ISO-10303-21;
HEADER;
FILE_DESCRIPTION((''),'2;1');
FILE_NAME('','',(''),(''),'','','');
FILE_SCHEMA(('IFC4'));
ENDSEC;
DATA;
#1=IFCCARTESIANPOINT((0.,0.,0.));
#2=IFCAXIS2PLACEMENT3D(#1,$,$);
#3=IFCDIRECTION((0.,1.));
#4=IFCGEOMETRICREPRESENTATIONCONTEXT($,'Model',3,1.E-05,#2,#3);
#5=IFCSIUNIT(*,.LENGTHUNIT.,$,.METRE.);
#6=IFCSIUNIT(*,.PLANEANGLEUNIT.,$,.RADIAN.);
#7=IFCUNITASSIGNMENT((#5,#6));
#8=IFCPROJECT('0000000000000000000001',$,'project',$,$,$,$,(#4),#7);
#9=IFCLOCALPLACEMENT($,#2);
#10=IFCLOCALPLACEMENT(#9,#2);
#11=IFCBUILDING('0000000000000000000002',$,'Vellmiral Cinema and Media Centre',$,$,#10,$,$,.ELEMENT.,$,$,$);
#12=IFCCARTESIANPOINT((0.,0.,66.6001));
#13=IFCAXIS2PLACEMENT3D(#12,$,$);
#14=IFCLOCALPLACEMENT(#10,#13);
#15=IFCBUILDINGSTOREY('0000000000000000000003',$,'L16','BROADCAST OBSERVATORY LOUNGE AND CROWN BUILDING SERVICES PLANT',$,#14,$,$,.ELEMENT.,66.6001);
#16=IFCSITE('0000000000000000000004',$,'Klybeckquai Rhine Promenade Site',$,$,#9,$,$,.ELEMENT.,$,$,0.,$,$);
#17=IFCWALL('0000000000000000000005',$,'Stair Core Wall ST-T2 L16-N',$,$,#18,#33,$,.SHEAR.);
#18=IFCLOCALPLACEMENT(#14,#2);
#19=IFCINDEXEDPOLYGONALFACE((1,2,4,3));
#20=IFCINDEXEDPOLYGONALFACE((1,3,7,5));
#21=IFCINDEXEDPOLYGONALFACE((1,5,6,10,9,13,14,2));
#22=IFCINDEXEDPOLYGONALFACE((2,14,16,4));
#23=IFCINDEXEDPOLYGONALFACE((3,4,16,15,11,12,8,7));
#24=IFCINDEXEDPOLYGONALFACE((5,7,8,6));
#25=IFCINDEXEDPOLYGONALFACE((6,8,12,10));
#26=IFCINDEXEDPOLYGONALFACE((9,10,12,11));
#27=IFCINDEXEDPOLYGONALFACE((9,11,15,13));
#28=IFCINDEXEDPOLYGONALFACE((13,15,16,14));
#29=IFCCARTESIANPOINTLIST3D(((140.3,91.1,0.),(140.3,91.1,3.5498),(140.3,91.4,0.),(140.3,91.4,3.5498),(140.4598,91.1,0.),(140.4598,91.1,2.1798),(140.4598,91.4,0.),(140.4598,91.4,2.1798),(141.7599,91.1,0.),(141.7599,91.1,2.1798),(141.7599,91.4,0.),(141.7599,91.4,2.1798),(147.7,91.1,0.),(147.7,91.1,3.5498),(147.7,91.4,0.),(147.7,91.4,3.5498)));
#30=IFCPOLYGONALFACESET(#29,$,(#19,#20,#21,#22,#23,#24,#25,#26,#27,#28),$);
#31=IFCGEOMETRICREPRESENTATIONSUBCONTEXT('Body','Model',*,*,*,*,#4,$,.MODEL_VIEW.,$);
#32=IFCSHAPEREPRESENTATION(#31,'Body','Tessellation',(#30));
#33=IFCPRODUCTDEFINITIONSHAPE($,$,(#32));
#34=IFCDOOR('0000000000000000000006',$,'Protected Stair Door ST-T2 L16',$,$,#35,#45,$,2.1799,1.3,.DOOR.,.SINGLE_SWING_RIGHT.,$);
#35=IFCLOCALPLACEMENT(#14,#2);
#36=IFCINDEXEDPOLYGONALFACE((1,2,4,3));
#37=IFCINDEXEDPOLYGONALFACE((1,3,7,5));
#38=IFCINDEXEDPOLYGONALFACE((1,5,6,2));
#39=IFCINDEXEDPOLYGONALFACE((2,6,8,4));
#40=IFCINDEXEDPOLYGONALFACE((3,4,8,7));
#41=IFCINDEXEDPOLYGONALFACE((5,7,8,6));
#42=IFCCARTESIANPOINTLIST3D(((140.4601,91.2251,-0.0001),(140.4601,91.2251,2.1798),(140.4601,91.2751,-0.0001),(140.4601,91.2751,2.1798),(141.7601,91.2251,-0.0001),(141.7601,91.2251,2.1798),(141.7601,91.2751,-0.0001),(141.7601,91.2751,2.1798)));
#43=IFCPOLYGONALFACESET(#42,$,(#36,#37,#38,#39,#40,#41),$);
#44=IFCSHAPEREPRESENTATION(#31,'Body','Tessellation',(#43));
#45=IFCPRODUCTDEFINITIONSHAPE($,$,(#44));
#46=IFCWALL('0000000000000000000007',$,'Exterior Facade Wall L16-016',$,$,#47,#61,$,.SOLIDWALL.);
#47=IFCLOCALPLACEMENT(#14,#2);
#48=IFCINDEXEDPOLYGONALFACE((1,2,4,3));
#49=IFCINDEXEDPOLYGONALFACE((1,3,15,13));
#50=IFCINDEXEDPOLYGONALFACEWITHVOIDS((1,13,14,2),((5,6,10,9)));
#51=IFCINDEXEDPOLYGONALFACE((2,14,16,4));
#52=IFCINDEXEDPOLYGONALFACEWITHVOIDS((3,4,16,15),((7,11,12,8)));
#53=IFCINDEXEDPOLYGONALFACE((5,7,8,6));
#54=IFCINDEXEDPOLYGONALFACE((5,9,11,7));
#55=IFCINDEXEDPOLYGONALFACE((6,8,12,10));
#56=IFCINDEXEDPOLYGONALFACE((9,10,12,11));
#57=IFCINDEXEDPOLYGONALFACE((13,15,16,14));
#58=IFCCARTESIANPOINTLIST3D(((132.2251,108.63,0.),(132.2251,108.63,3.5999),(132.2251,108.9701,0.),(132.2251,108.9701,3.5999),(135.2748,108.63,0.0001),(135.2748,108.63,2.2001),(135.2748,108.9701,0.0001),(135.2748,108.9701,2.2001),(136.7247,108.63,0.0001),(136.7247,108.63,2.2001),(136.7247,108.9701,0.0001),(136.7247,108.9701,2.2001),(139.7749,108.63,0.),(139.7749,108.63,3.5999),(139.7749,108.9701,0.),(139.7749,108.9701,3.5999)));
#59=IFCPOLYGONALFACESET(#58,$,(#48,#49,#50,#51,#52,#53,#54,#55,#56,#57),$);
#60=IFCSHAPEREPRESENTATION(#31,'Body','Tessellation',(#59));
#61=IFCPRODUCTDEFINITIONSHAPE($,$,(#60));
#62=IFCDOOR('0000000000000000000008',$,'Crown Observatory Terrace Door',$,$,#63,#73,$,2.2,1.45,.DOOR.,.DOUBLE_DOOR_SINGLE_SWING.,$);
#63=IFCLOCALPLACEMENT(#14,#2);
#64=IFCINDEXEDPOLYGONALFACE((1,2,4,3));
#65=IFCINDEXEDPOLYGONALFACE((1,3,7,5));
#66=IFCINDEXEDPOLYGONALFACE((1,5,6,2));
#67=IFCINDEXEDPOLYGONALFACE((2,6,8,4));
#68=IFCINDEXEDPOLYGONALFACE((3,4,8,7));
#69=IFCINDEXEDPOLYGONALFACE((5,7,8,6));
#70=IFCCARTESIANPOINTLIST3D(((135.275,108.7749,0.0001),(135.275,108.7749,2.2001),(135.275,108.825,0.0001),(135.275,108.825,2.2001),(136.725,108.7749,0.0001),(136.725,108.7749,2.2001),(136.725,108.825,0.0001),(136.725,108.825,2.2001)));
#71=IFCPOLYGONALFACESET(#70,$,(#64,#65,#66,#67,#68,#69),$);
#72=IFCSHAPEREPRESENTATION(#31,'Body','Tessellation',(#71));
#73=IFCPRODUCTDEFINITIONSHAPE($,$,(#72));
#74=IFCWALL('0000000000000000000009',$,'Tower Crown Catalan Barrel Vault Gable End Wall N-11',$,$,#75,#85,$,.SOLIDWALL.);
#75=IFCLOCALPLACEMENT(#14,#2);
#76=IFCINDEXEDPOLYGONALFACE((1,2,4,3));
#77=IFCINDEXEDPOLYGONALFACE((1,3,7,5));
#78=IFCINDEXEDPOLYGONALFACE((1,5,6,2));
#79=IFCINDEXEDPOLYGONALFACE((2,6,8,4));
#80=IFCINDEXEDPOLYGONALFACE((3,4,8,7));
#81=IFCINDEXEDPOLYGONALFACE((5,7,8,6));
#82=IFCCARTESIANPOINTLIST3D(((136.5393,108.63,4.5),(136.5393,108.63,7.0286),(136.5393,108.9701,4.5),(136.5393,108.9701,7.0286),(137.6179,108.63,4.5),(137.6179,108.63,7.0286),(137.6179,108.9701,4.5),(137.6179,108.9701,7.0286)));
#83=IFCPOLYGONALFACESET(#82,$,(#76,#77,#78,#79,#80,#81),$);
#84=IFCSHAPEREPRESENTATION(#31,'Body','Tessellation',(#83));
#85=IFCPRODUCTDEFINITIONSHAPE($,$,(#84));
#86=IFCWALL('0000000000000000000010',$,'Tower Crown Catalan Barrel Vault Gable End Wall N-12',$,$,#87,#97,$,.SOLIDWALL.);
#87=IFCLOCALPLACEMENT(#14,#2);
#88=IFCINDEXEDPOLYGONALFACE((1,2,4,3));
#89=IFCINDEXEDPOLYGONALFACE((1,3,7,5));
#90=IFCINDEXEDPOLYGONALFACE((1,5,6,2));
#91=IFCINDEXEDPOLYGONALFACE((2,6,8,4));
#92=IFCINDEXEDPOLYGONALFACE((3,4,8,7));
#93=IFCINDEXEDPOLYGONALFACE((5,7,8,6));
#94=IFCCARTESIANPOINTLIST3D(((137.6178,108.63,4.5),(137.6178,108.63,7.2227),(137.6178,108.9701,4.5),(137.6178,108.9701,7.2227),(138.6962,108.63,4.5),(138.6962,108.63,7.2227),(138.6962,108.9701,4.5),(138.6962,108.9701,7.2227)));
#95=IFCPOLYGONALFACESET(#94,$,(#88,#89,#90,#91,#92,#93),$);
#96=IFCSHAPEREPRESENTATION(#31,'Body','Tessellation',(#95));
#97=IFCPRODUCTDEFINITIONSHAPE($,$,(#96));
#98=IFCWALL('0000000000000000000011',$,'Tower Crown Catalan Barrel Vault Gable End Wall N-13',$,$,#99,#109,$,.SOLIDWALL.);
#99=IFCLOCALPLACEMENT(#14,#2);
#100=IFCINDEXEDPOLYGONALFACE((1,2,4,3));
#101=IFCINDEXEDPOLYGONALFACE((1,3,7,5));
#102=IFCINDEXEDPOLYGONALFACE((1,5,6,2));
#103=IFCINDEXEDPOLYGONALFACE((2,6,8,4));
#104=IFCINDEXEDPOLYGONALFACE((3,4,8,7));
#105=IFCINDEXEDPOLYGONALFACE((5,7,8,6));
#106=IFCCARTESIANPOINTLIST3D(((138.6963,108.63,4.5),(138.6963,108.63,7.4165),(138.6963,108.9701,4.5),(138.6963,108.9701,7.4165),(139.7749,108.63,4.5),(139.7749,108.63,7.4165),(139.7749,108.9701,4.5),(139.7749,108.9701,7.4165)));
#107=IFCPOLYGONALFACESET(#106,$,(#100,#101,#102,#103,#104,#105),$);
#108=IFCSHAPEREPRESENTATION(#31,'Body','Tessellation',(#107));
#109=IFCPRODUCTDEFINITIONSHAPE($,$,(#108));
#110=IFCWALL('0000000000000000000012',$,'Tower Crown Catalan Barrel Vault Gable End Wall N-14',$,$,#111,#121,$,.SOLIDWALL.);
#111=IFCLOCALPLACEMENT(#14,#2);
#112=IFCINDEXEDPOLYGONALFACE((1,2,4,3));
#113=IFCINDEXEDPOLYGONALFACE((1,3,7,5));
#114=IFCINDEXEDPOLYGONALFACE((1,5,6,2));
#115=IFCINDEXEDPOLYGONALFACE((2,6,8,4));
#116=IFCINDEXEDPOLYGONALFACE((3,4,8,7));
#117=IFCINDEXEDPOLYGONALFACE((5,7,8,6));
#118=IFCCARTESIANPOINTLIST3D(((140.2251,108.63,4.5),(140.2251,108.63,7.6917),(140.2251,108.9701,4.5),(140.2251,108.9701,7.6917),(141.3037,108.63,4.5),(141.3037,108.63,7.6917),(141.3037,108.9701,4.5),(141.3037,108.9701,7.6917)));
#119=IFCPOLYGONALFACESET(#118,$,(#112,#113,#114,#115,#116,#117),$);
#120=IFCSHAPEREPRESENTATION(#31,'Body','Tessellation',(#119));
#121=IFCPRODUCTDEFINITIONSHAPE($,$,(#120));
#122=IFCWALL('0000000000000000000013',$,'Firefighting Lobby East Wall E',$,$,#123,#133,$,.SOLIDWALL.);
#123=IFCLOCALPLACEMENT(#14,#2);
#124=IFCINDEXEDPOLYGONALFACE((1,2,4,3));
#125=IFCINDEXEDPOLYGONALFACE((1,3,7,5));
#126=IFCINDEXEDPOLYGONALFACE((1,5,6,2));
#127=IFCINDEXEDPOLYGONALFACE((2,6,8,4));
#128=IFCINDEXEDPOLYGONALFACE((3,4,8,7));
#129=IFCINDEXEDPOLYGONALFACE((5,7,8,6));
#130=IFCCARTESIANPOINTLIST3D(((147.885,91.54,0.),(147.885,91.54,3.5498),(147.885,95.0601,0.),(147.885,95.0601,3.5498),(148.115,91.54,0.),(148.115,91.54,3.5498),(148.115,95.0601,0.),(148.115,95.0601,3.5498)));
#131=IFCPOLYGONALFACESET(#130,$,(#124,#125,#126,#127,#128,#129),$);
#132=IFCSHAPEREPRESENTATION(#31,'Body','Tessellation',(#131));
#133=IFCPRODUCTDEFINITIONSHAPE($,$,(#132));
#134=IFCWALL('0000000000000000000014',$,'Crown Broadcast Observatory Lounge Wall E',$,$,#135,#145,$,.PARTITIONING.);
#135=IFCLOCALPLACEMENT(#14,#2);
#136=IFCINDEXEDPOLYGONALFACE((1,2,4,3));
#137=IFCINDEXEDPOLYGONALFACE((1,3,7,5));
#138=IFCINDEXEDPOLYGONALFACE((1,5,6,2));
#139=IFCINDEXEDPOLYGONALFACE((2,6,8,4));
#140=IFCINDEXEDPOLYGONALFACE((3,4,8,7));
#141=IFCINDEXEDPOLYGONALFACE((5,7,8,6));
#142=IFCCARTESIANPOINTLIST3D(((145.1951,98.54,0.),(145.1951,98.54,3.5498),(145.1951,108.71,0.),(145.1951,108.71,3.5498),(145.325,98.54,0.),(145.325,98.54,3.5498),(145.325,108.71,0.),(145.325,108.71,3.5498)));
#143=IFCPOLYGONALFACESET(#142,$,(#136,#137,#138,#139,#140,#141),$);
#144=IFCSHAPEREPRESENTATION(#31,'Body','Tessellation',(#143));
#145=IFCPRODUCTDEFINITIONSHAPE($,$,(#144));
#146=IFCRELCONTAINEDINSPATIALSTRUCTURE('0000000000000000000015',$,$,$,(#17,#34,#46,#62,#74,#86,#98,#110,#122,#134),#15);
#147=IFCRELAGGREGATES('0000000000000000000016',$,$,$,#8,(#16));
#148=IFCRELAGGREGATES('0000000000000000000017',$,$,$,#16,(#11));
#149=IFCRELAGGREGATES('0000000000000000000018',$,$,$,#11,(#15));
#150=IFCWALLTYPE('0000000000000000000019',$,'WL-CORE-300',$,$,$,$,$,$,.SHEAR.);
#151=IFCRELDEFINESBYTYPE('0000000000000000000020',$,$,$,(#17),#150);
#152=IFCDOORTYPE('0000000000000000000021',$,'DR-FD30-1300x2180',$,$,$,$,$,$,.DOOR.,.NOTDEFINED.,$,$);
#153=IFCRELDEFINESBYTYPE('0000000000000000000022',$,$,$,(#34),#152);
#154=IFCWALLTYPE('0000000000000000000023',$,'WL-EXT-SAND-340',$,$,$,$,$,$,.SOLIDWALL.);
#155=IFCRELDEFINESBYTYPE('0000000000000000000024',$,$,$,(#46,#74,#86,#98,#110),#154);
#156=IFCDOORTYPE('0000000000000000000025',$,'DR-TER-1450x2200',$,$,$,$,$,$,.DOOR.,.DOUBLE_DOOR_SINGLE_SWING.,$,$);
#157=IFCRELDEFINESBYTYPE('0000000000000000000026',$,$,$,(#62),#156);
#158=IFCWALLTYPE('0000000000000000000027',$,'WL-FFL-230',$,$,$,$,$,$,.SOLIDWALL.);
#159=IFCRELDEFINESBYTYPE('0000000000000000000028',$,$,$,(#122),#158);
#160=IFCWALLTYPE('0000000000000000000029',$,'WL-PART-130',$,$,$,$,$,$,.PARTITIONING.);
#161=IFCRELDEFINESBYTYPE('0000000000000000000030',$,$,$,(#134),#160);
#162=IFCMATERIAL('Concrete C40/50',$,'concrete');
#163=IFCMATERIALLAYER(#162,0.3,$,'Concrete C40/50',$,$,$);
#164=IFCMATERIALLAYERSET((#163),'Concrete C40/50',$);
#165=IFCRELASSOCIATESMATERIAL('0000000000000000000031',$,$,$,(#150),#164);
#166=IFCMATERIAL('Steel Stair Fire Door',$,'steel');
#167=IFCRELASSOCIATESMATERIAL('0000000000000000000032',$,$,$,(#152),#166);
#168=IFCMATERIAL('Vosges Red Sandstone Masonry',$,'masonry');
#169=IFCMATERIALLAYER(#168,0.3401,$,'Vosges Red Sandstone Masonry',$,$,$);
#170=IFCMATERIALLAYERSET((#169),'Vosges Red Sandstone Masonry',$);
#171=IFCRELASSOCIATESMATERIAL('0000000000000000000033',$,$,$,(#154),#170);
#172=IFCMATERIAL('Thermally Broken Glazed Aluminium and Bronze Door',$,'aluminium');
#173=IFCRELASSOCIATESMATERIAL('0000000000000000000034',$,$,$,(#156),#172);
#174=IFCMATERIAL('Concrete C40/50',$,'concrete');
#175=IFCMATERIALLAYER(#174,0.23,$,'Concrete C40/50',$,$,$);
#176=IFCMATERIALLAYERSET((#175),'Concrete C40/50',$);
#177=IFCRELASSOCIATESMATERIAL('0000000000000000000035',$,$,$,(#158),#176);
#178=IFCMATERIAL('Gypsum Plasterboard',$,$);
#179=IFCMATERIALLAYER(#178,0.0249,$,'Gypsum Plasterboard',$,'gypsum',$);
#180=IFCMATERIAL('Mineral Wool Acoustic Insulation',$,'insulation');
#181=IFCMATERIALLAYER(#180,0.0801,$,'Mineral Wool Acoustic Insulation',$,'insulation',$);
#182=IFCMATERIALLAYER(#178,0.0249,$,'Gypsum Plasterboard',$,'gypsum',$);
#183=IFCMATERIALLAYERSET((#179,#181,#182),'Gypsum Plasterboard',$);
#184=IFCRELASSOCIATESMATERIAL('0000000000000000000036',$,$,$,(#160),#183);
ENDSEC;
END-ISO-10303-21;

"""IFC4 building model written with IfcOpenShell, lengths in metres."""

from ifc_helpers import new_model, si_unit, direction, frame, frame_2d, origin, place, context, subcontext, project, spatial, rectangle, extrude, material, layer, layer_set, type_object, element, fill, save


model = new_model("IFC4")

# Units and contexts
model_context = context("Model", 3, precision=1e-05, world=origin(), true_north=direction((0.0, 1.0)))
body_context = subcontext(model_context, "Body", "Model", "MODEL_VIEW")
ifc_project = project(units=[si_unit("LENGTHUNIT", "METRE"), si_unit("PLANEANGLEUNIT", "RADIAN")], contexts=[model_context])

# Site, building, storey
site_placement = place(None, origin())
site = spatial("IfcSite", under=ifc_project, at=site_placement, Name="Klybeckquai Rhine Promenade Site", CompositionType="ELEMENT", RefElevation=0.0)
building_placement = place(site_placement, origin())
building = spatial("IfcBuilding", under=site, at=building_placement, Name="Vellmiral Cinema and Media Centre", CompositionType="ELEMENT")
storey_placement = place(building_placement, frame((0.0, 0.0, 66.6001)))
storey = spatial("IfcBuildingStorey", under=building, at=storey_placement, Name="L16", Description="BROADCAST OBSERVATORY LOUNGE AND CROWN BUILDING SERVICES PLANT", CompositionType="ELEMENT", Elevation=66.6001)

# Walls, openings, doors
ifc_material_1 = material(Name="Concrete C40/50", Category="concrete")
ifc_layer_1 = layer(ifc_material_1, 0.3, Name="Concrete C40/50")
ifc_layer_set_1 = layer_set([ifc_layer_1], Name="Concrete C40/50")
wall_type_1 = type_object("IfcWallType", Name="WL-CORE-300", PredefinedType="SHEAR", material=ifc_layer_set_1)
wall_1_placement = place(storey_placement, frame((140.3, 91.25, 0.0), z_axis=(0.0, 0.0, 1.0), x_axis=(1.0, 0.0, 0.0)))
wall_1 = element("IfcWall", 1, at=wall_1_placement, inside=storey, type_object=wall_type_1, Name="Stair Core Wall ST-T2 L16-N", PredefinedType="SHEAR", context=body_context, shape_type="SweptSolid", body=[
    extrude(rectangle(XDim=7.3999, YDim=0.3, at=frame_2d((3.7, 0.0))), origin(), (0.0, 0.0, 1.0), 3.5498),
])
opening_1_placement = place(wall_1_placement, frame((0.1599, 0.0, 0.0)))
opening_1 = element("IfcOpeningElement", 2, at=opening_1_placement, cuts=wall_1, PredefinedType="OPENING", context=body_context, shape_type="SweptSolid", body=[
    extrude(rectangle(XDim=1.3, YDim=2.1799, at=frame_2d((0.6499, 1.0898))), frame((0.0, 0.1621, 0.0), z_axis=(0.0, -1.0, 0.0), x_axis=(1.0, 0.0, 0.0)), (0.0, 0.0, 1.0), 0.324),
])
ifc_material_2 = material(Name="Steel Stair Fire Door", Category="steel")
door_type_1 = type_object("IfcDoorType", Name="DR-FD30-1300x2180", OperationType="NOTDEFINED", PredefinedType="DOOR", material=ifc_material_2)
door_1_placement = place(opening_1_placement, frame((1.3, 0.0, 0.0), z_axis=(0.0, 0.0, 1.0), x_axis=(-1.0, 0.0, 0.0)))
door_1 = element("IfcDoor", 3, at=door_1_placement, inside=storey, type_object=door_type_1, Name="Protected Stair Door ST-T2 L16", OperationType="SINGLE_SWING_RIGHT", OverallHeight=2.1799, OverallWidth=1.3, PredefinedType="DOOR", context=body_context, shape_type="SweptSolid", body=[
    extrude(rectangle(XDim=1.3, YDim=2.1799, at=frame_2d((0.6499, 1.0898))), frame((0.0, 0.0249, 0.0), z_axis=(0.0, -1.0, 0.0), x_axis=(1.0, 0.0, 0.0)), (0.0, 0.0, 1.0), 0.05),
])
fill(opening_1, door_1)
ifc_material_3 = material(Name="Vosges Red Sandstone Masonry", Category="masonry")
ifc_layer_2 = layer(ifc_material_3, 0.3401, Name="Vosges Red Sandstone Masonry")
ifc_layer_set_2 = layer_set([ifc_layer_2], Name="Vosges Red Sandstone Masonry")
wall_type_2 = type_object("IfcWallType", Name="WL-EXT-SAND-340", PredefinedType="SOLIDWALL", material=ifc_layer_set_2)
wall_2_placement = place(storey_placement, frame((139.7749, 108.8, 0.0), z_axis=(0.0, 0.0, 1.0), x_axis=(-1.0, 0.0, 0.0)))
wall_2 = element("IfcWall", 4, at=wall_2_placement, inside=storey, type_object=wall_type_2, Name="Exterior Facade Wall L16-016", PredefinedType="SOLIDWALL", context=body_context, shape_type="SweptSolid", body=[
    extrude(rectangle(XDim=7.5498, YDim=0.3401, at=frame_2d((3.7749, 0.0))), origin(), (0.0, 0.0, 1.0), 3.5999),
])
opening_2_placement = place(wall_2_placement, frame((3.05, 0.0, 0.0)))
opening_2 = element("IfcOpeningElement", 5, at=opening_2_placement, cuts=wall_2, PredefinedType="OPENING", context=body_context, shape_type="SweptSolid", body=[
    extrude(rectangle(XDim=1.45, YDim=2.2, at=frame_2d((0.7251, 1.1001))), frame((0.0, 0.1821, 0.0), z_axis=(0.0, -1.0, 0.0), x_axis=(1.0, 0.0, 0.0)), (0.0, 0.0, 1.0), 0.364),
])
ifc_material_4 = material(Name="Thermally Broken Glazed Aluminium and Bronze Door", Category="aluminium")
door_type_2 = type_object("IfcDoorType", Name="DR-TER-1450x2200", OperationType="DOUBLE_DOOR_SINGLE_SWING", PredefinedType="DOOR", material=ifc_material_4)
door_2_placement = place(opening_2_placement, frame((1.45, 0.0, 0.0), z_axis=(0.0, 0.0, 1.0), x_axis=(-1.0, 0.0, 0.0)))
door_2 = element("IfcDoor", 6, at=door_2_placement, inside=storey, type_object=door_type_2, Name="Crown Observatory Terrace Door", OperationType="DOUBLE_DOOR_SINGLE_SWING", OverallHeight=2.2, OverallWidth=1.45, PredefinedType="DOOR", context=body_context, shape_type="SweptSolid", body=[
    extrude(rectangle(XDim=1.45, YDim=2.2, at=frame_2d((0.7251, 1.1001))), frame((0.0, 0.0249, 0.0), z_axis=(0.0, -1.0, 0.0), x_axis=(1.0, 0.0, 0.0)), (0.0, 0.0, 1.0), 0.05),
])
fill(opening_2, door_2)

# Walls
wall_3_placement = place(storey_placement, frame((136.5393, 108.8, 4.5), z_axis=(0.0, 0.0, 1.0), x_axis=(1.0, 0.0, 0.0)))
element("IfcWall", 7, at=wall_3_placement, inside=storey, type_object=wall_type_2, Name="Tower Crown Catalan Barrel Vault Gable End Wall N-11", PredefinedType="SOLIDWALL", context=body_context, shape_type="SweptSolid", body=[
    extrude(rectangle(XDim=1.0786, YDim=0.3401, at=frame_2d((0.5393, 0.0))), origin(), (0.0, 0.0, 1.0), 2.5286),
])
wall_4_placement = place(storey_placement, frame((137.6179, 108.8, 4.5), z_axis=(0.0, 0.0, 1.0), x_axis=(1.0, 0.0, 0.0)))
element("IfcWall", 8, at=wall_4_placement, inside=storey, type_object=wall_type_2, Name="Tower Crown Catalan Barrel Vault Gable End Wall N-12", PredefinedType="SOLIDWALL", context=body_context, shape_type="SweptSolid", body=[
    extrude(rectangle(XDim=1.0784, YDim=0.3401, at=frame_2d((0.5391, 0.0))), origin(), (0.0, 0.0, 1.0), 2.7227),
])
wall_5_placement = place(storey_placement, frame((138.6963, 108.8, 4.5), z_axis=(0.0, 0.0, 1.0), x_axis=(1.0, 0.0, 0.0)))
element("IfcWall", 9, at=wall_5_placement, inside=storey, type_object=wall_type_2, Name="Tower Crown Catalan Barrel Vault Gable End Wall N-13", PredefinedType="SOLIDWALL", context=body_context, shape_type="SweptSolid", body=[
    extrude(rectangle(XDim=1.0786, YDim=0.3401, at=frame_2d((0.5393, 0.0))), origin(), (0.0, 0.0, 1.0), 2.9165),
])
wall_6_placement = place(storey_placement, frame((140.2251, 108.8, 4.5), z_axis=(0.0, 0.0, 1.0), x_axis=(1.0, 0.0, 0.0)))
element("IfcWall", 10, at=wall_6_placement, inside=storey, type_object=wall_type_2, Name="Tower Crown Catalan Barrel Vault Gable End Wall N-14", PredefinedType="SOLIDWALL", context=body_context, shape_type="SweptSolid", body=[
    extrude(rectangle(XDim=1.0786, YDim=0.3401, at=frame_2d((0.5393, 0.0))), origin(), (0.0, 0.0, 1.0), 3.1917),
])
ifc_material_5 = material(Name="Concrete C40/50", Category="concrete")
ifc_layer_3 = layer(ifc_material_5, 0.23, Name="Concrete C40/50")
ifc_layer_set_3 = layer_set([ifc_layer_3], Name="Concrete C40/50")
wall_type_3 = type_object("IfcWallType", Name="WL-FFL-230", PredefinedType="SOLIDWALL", material=ifc_layer_set_3)
wall_7_placement = place(storey_placement, frame((148.0, 91.54, 0.0), z_axis=(0.0, 0.0, 1.0), x_axis=(0.0, 1.0, 0.0)))
element("IfcWall", 11, at=wall_7_placement, inside=storey, type_object=wall_type_3, Name="Firefighting Lobby East Wall E", PredefinedType="SOLIDWALL", context=body_context, shape_type="SweptSolid", body=[
    extrude(rectangle(XDim=3.52, YDim=0.23, at=frame_2d((1.76, 0.0))), origin(), (0.0, 0.0, 1.0), 3.5498),
])
ifc_material_6 = material(Name="Gypsum Plasterboard")
ifc_layer_4 = layer(ifc_material_6, 0.0249, Name="Gypsum Plasterboard", Category="gypsum")
ifc_material_7 = material(Name="Mineral Wool Acoustic Insulation", Category="insulation")
ifc_layer_5 = layer(ifc_material_7, 0.0801, Name="Mineral Wool Acoustic Insulation", Category="insulation")
ifc_layer_6 = layer(ifc_material_6, 0.0249, Name="Gypsum Plasterboard", Category="gypsum")
ifc_layer_set_4 = layer_set([ifc_layer_4, ifc_layer_5, ifc_layer_6], Name="Gypsum Plasterboard")
wall_type_4 = type_object("IfcWallType", Name="WL-PART-130", PredefinedType="PARTITIONING", material=ifc_layer_set_4)
wall_8_placement = place(storey_placement, frame((145.26, 98.54, 0.0), z_axis=(0.0, 0.0, 1.0), x_axis=(0.0, 1.0, 0.0)))
element("IfcWall", 12, at=wall_8_placement, inside=storey, type_object=wall_type_4, Name="Crown Broadcast Observatory Lounge Wall E", PredefinedType="PARTITIONING", context=body_context, shape_type="SweptSolid", body=[
    extrude(rectangle(XDim=10.1699, YDim=0.1299, at=frame_2d((5.085, 0.0))), origin(), (0.0, 0.0, 1.0), 3.5498),
])

save(model, "model.ifc")
